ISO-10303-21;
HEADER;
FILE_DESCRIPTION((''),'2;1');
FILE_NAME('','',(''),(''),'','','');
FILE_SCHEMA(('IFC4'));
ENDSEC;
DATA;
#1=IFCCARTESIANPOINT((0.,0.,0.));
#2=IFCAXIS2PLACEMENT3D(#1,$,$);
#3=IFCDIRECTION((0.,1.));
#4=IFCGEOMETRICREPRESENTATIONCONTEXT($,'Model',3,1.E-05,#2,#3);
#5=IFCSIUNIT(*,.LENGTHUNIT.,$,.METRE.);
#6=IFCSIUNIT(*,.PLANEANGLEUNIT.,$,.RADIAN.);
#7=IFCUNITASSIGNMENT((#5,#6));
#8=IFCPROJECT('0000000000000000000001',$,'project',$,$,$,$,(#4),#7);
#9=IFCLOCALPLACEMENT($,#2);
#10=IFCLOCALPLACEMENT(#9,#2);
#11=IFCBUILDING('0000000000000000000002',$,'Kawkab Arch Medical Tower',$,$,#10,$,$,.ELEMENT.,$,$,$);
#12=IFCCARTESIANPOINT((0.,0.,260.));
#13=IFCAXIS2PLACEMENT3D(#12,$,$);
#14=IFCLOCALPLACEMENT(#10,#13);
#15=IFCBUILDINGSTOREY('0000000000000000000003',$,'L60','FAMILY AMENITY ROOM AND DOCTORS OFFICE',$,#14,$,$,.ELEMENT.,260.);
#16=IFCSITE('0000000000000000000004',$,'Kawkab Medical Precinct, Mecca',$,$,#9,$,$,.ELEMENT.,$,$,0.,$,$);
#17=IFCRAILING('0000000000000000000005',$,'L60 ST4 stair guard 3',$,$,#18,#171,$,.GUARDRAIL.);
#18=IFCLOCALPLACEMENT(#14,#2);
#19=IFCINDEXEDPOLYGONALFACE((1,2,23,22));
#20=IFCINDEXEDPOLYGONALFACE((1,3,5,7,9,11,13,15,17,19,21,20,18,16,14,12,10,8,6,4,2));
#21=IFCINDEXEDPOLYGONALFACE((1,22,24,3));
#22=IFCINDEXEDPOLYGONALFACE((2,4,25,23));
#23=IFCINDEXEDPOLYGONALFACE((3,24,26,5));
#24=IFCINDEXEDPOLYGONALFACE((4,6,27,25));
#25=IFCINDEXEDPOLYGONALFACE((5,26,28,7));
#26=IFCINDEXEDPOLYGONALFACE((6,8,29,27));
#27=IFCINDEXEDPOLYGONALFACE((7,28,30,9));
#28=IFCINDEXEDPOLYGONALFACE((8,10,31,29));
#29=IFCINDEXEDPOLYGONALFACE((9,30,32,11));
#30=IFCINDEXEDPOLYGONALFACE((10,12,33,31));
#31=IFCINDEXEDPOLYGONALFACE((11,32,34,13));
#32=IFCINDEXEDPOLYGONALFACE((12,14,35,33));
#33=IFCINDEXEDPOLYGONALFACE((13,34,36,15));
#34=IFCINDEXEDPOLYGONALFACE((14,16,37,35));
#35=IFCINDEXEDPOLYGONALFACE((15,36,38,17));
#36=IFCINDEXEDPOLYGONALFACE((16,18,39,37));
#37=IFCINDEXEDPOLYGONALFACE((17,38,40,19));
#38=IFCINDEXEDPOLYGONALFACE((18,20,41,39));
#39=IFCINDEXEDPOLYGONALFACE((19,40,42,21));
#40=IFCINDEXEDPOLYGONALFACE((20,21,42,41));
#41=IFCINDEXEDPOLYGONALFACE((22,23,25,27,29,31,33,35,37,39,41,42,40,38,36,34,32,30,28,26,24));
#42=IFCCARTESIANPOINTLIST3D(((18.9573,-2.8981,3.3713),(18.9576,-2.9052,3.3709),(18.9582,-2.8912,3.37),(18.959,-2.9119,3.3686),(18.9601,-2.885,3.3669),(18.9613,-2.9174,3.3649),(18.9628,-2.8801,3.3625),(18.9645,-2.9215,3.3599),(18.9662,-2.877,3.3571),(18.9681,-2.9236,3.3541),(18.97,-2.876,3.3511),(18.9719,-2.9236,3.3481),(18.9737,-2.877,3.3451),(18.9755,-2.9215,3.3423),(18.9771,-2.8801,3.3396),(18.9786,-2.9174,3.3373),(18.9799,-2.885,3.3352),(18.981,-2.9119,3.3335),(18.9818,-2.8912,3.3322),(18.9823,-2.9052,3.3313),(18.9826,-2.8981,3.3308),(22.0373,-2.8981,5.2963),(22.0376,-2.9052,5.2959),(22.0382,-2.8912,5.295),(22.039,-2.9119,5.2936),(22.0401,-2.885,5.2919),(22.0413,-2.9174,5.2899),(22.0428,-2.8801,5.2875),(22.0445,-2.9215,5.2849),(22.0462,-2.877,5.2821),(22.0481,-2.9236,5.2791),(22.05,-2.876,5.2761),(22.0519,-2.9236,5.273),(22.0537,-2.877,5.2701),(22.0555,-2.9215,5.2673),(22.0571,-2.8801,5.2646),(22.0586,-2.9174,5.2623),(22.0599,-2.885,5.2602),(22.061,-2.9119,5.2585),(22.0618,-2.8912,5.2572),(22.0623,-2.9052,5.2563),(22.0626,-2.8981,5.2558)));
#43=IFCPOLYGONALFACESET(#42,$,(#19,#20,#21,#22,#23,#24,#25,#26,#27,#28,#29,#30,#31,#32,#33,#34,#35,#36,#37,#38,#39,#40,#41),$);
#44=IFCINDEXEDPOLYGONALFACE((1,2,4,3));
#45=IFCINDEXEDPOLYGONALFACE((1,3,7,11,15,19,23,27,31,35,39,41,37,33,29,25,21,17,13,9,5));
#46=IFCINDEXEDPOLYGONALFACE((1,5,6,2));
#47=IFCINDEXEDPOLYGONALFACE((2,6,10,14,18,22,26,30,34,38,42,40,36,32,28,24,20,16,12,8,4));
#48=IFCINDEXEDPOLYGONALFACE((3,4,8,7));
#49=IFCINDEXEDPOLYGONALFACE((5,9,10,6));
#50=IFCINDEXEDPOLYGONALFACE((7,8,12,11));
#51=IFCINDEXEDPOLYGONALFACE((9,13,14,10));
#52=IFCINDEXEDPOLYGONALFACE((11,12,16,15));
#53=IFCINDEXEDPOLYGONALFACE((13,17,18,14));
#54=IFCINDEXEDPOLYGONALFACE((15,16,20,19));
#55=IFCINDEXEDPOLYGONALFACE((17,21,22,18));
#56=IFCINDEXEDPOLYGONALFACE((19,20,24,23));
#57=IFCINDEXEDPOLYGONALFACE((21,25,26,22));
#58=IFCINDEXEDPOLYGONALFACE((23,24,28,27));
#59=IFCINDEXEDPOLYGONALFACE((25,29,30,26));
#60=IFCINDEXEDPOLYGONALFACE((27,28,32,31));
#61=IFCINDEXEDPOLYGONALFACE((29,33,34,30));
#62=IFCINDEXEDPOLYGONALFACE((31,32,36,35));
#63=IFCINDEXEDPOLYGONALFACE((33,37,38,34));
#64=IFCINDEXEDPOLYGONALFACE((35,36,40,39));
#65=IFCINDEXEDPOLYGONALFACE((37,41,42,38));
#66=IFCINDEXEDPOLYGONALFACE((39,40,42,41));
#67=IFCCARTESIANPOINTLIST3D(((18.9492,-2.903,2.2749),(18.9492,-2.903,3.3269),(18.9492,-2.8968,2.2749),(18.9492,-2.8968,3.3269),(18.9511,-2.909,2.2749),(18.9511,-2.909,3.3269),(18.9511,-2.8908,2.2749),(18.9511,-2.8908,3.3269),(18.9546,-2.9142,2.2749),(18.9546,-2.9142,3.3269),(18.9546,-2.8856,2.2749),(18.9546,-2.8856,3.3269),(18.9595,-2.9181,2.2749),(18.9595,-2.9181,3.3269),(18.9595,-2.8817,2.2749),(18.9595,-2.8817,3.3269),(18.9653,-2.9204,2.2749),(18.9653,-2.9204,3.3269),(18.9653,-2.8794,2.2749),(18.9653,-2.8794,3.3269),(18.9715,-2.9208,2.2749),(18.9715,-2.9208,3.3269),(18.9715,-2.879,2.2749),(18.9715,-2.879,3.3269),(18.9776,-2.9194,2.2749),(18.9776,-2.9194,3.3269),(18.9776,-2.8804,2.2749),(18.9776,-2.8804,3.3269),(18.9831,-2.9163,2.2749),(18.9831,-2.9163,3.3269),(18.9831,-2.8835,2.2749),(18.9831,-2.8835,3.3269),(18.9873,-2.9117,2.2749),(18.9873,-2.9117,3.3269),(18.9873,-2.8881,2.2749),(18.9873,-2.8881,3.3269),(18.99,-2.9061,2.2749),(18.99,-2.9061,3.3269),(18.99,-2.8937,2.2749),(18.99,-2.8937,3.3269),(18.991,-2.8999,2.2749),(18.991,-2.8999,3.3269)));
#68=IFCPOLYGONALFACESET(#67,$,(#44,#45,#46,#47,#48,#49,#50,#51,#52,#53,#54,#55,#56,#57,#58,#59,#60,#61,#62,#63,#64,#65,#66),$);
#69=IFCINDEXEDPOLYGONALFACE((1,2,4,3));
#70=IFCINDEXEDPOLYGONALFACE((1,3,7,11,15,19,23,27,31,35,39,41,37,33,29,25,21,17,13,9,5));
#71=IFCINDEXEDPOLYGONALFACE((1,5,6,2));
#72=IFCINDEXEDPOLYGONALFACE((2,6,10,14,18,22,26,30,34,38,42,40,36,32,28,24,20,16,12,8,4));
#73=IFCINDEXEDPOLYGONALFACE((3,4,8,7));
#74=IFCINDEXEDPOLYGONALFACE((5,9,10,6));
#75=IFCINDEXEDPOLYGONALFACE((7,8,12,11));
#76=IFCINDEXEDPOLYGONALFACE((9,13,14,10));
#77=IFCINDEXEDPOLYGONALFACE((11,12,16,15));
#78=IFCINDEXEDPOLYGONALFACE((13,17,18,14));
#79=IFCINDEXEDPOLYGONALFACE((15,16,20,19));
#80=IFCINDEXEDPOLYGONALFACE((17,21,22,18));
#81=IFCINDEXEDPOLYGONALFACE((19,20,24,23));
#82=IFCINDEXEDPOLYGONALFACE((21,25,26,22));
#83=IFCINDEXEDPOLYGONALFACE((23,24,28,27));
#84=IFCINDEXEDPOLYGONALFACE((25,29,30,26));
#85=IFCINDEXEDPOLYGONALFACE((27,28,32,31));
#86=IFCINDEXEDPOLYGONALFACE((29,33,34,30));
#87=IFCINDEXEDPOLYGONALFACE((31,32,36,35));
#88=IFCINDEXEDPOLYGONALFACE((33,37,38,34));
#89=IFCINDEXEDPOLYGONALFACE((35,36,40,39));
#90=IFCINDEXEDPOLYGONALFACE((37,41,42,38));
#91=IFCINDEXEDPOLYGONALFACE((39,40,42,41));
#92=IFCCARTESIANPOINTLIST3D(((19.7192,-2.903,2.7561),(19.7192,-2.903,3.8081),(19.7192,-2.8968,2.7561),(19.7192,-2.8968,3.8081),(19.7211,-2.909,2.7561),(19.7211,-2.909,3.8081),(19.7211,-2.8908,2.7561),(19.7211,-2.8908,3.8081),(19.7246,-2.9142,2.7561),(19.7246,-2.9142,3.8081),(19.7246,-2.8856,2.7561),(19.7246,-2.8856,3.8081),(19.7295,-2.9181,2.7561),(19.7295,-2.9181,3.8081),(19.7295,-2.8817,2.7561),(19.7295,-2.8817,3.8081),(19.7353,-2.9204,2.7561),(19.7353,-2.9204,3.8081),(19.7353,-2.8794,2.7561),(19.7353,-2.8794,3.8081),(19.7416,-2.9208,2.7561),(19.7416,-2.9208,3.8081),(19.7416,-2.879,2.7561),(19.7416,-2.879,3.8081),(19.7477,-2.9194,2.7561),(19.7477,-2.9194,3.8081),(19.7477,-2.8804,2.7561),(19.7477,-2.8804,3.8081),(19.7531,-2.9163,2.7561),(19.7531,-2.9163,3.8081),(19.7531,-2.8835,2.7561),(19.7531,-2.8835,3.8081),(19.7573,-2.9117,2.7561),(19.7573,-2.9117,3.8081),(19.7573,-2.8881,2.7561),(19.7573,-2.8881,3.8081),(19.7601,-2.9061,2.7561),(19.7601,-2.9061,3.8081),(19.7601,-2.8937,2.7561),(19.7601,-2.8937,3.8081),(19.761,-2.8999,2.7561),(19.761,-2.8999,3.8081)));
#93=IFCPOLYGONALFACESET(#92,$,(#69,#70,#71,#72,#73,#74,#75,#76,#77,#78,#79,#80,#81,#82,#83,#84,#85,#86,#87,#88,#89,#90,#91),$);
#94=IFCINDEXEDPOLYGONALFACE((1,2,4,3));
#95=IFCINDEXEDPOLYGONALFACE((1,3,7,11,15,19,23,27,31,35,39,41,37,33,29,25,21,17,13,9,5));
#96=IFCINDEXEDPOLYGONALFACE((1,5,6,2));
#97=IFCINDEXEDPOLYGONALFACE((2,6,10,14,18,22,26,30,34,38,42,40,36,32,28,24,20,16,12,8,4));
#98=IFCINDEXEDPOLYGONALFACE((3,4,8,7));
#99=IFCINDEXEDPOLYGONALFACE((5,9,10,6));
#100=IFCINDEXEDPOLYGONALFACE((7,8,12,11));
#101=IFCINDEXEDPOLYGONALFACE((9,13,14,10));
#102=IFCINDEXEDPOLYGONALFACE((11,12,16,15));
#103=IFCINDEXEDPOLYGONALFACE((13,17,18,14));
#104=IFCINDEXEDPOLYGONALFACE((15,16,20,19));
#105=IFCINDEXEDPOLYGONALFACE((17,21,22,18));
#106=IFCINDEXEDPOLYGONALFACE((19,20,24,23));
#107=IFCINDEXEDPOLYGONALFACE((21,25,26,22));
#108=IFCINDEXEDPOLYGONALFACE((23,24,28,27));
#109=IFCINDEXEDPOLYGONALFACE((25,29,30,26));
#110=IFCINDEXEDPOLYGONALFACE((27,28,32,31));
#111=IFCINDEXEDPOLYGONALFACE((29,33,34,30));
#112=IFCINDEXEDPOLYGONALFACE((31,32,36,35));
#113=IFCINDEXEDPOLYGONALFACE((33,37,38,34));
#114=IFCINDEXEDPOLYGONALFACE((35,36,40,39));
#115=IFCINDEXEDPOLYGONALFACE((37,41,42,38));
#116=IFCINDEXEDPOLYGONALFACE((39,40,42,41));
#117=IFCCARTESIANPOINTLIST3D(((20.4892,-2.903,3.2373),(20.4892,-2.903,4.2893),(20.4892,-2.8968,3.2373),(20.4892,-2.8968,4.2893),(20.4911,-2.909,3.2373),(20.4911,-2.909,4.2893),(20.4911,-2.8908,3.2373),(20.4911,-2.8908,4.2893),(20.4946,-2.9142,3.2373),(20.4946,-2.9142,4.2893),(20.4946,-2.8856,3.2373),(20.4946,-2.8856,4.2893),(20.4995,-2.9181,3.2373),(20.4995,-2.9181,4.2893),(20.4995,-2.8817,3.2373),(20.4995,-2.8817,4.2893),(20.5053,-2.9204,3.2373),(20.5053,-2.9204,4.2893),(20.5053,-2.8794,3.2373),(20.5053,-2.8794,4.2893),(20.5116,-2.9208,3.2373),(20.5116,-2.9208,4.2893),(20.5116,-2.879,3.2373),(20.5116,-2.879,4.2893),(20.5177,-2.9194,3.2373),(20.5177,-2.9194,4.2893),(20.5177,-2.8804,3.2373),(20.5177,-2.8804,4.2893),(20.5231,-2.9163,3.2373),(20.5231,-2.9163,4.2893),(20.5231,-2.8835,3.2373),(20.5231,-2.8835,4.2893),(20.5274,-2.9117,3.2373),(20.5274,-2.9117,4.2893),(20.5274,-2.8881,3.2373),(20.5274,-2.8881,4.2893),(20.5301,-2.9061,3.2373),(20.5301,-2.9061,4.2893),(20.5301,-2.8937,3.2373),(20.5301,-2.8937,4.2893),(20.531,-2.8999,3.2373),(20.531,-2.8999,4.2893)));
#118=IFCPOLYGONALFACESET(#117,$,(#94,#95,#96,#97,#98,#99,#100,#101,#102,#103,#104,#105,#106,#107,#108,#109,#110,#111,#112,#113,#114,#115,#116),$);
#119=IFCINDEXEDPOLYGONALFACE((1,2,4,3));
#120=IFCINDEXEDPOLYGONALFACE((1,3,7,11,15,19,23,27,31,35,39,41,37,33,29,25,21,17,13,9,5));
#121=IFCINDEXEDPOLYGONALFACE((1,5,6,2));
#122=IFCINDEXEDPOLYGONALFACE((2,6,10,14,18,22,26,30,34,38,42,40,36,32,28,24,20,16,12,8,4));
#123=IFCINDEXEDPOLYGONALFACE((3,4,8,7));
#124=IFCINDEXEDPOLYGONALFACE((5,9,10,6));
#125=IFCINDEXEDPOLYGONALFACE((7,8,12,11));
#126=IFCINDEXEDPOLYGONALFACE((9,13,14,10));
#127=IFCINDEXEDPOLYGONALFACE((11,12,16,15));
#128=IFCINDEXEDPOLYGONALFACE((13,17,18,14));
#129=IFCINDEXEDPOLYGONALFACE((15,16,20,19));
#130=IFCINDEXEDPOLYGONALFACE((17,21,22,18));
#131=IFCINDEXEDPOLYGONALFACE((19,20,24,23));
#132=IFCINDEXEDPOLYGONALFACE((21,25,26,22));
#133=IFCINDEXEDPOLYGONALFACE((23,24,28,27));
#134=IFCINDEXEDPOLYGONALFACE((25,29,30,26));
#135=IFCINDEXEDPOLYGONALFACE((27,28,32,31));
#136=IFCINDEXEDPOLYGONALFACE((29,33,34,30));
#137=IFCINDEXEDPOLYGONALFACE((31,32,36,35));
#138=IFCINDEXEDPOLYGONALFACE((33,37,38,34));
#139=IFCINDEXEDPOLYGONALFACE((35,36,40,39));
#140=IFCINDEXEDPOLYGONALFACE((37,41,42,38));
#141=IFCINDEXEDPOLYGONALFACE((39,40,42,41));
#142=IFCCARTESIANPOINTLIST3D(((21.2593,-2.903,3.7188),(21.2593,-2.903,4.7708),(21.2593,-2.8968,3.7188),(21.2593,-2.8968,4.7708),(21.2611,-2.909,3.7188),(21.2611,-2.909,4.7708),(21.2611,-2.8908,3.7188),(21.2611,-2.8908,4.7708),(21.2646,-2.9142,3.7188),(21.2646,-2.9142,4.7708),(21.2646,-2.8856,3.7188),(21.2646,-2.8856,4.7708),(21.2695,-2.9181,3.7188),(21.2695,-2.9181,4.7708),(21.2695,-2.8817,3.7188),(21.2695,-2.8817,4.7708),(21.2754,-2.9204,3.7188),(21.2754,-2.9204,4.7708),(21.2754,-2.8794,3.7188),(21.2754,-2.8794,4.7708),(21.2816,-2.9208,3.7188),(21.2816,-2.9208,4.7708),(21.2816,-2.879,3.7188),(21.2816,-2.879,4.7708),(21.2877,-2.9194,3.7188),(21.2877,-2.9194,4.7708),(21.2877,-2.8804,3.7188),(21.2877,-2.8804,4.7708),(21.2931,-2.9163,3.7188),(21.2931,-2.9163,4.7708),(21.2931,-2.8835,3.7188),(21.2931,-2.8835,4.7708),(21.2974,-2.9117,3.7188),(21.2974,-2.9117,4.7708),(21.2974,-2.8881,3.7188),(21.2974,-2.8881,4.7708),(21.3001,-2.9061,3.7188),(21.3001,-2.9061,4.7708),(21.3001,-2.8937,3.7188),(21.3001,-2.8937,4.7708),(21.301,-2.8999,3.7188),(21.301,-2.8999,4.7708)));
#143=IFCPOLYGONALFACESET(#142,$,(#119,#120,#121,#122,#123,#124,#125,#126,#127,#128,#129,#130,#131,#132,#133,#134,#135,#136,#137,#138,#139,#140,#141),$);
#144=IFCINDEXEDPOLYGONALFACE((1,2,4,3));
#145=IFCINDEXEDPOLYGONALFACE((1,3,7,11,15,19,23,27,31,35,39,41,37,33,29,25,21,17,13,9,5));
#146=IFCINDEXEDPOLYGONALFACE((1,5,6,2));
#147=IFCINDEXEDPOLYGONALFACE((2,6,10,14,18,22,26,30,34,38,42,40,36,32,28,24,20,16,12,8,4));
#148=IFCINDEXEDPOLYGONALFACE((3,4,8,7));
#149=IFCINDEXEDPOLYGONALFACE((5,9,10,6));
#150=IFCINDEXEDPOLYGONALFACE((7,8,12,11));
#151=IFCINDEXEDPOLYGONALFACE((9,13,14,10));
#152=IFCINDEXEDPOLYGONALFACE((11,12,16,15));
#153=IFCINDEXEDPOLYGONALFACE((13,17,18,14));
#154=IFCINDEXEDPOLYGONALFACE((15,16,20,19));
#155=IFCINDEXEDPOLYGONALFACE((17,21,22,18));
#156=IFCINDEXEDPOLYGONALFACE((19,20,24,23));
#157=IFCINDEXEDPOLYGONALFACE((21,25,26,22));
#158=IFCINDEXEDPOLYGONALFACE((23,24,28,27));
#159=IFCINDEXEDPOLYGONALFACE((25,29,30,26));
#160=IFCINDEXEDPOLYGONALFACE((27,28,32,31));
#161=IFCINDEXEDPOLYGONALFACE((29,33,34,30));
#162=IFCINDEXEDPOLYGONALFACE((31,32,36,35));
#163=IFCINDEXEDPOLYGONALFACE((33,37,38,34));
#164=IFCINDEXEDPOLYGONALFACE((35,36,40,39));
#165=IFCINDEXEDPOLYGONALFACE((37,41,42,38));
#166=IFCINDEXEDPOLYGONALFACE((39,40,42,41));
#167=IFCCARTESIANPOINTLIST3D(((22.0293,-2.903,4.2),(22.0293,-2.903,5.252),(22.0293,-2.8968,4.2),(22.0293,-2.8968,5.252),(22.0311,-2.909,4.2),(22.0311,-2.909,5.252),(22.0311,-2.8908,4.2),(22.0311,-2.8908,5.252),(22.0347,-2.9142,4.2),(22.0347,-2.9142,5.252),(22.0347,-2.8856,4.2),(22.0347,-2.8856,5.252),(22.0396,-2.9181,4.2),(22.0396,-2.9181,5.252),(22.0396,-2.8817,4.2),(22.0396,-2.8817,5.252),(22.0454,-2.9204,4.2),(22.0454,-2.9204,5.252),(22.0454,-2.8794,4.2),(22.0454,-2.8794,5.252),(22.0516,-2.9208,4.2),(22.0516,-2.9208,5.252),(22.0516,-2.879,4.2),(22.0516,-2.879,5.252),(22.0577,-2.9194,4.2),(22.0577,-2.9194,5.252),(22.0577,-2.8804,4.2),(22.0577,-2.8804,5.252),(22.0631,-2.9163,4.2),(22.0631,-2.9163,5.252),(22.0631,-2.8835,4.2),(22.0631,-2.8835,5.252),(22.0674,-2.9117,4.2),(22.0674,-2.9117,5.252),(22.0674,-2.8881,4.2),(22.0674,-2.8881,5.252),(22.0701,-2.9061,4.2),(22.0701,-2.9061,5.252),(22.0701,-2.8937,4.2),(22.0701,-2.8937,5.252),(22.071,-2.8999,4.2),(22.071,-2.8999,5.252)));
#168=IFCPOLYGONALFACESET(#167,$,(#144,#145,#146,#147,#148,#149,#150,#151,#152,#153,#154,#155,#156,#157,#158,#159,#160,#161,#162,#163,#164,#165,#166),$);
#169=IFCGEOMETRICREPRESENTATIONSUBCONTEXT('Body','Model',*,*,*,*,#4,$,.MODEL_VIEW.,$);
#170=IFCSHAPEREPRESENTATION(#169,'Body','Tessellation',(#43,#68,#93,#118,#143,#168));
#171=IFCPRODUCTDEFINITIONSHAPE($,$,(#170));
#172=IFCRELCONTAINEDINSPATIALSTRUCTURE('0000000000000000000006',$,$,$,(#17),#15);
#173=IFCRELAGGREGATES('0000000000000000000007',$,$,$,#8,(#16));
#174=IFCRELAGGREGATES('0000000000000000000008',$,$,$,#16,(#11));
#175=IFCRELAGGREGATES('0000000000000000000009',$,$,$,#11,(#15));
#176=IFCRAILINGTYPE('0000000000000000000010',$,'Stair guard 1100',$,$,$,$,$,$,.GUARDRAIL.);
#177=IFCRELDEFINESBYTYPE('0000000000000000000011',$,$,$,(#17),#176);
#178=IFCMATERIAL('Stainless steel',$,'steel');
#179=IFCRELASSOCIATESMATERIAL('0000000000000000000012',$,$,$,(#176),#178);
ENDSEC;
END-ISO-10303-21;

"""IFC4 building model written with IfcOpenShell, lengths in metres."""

from ifc_helpers import new_model, si_unit, direction, frame, origin, origin_2d, place, context, subcontext, project, spatial, circle, extrude, material, type_object, element, save


model = new_model("IFC4")

# Units and contexts
model_context = context("Model", 3, precision=1e-05, world=origin(), true_north=direction((0.0, 1.0)))
body_context = subcontext(model_context, "Body", "Model", "MODEL_VIEW")
ifc_project = project(units=[si_unit("LENGTHUNIT", "METRE"), si_unit("PLANEANGLEUNIT", "RADIAN")], contexts=[model_context])

# Site, building, storey
site_placement = place(None, origin())
site = spatial("IfcSite", under=ifc_project, at=site_placement, Name="Kawkab Medical Precinct, Mecca", CompositionType="ELEMENT", RefElevation=0.0)
building_placement = place(site_placement, origin())
building = spatial("IfcBuilding", under=site, at=building_placement, Name="Kawkab Arch Medical Tower", CompositionType="ELEMENT")
storey_placement = place(building_placement, frame((0.0, 0.0, 260.0)))
storey = spatial("IfcBuildingStorey", under=building, at=storey_placement, Name="L60", Description="FAMILY AMENITY ROOM AND DOCTORS OFFICE", CompositionType="ELEMENT", Elevation=260.0)

# Railing
ifc_material_1 = material(Name="Stainless steel", Category="steel")
railing_type_1 = type_object("IfcRailingType", Name="Stair guard 1100", PredefinedType="GUARDRAIL", material=ifc_material_1)
railing_1_placement = place(storey_placement, frame((18.97, -2.8999, 2.2749)))
element("IfcRailing", 1, at=railing_1_placement, inside=storey, type_object=railing_type_1, Name="L60 ST4 stair guard 3", PredefinedType="GUARDRAIL", context=body_context, shape_type="SweptSolid", body=[
    extrude(circle(Radius=0.0239, at=origin_2d()), frame((0.0, 0.0, 1.0762), z_axis=(0.847998, 0.0, 0.529999), x_axis=(0.0, 1.0, 0.0)), (0.0, 0.0, 1.0), 3.6321),
    extrude(circle(Radius=0.021, at=origin_2d()), origin(), (0.0, 0.0, 1.0), 1.052),
    extrude(circle(Radius=0.021, at=origin_2d()), frame((0.77, 0.0, 0.4812)), (0.0, 0.0, 1.0), 1.052),
    extrude(circle(Radius=0.021, at=origin_2d()), frame((1.54, 0.0, 0.9624)), (0.0, 0.0, 1.0), 1.052),
    extrude(circle(Radius=0.021, at=origin_2d()), frame((2.3101, 0.0, 1.4438)), (0.0, 0.0, 1.0), 1.052),
    extrude(circle(Radius=0.021, at=origin_2d()), frame((3.0801, 0.0, 1.925)), (0.0, 0.0, 1.0), 1.052),
])

save(model, "model.ifc")
